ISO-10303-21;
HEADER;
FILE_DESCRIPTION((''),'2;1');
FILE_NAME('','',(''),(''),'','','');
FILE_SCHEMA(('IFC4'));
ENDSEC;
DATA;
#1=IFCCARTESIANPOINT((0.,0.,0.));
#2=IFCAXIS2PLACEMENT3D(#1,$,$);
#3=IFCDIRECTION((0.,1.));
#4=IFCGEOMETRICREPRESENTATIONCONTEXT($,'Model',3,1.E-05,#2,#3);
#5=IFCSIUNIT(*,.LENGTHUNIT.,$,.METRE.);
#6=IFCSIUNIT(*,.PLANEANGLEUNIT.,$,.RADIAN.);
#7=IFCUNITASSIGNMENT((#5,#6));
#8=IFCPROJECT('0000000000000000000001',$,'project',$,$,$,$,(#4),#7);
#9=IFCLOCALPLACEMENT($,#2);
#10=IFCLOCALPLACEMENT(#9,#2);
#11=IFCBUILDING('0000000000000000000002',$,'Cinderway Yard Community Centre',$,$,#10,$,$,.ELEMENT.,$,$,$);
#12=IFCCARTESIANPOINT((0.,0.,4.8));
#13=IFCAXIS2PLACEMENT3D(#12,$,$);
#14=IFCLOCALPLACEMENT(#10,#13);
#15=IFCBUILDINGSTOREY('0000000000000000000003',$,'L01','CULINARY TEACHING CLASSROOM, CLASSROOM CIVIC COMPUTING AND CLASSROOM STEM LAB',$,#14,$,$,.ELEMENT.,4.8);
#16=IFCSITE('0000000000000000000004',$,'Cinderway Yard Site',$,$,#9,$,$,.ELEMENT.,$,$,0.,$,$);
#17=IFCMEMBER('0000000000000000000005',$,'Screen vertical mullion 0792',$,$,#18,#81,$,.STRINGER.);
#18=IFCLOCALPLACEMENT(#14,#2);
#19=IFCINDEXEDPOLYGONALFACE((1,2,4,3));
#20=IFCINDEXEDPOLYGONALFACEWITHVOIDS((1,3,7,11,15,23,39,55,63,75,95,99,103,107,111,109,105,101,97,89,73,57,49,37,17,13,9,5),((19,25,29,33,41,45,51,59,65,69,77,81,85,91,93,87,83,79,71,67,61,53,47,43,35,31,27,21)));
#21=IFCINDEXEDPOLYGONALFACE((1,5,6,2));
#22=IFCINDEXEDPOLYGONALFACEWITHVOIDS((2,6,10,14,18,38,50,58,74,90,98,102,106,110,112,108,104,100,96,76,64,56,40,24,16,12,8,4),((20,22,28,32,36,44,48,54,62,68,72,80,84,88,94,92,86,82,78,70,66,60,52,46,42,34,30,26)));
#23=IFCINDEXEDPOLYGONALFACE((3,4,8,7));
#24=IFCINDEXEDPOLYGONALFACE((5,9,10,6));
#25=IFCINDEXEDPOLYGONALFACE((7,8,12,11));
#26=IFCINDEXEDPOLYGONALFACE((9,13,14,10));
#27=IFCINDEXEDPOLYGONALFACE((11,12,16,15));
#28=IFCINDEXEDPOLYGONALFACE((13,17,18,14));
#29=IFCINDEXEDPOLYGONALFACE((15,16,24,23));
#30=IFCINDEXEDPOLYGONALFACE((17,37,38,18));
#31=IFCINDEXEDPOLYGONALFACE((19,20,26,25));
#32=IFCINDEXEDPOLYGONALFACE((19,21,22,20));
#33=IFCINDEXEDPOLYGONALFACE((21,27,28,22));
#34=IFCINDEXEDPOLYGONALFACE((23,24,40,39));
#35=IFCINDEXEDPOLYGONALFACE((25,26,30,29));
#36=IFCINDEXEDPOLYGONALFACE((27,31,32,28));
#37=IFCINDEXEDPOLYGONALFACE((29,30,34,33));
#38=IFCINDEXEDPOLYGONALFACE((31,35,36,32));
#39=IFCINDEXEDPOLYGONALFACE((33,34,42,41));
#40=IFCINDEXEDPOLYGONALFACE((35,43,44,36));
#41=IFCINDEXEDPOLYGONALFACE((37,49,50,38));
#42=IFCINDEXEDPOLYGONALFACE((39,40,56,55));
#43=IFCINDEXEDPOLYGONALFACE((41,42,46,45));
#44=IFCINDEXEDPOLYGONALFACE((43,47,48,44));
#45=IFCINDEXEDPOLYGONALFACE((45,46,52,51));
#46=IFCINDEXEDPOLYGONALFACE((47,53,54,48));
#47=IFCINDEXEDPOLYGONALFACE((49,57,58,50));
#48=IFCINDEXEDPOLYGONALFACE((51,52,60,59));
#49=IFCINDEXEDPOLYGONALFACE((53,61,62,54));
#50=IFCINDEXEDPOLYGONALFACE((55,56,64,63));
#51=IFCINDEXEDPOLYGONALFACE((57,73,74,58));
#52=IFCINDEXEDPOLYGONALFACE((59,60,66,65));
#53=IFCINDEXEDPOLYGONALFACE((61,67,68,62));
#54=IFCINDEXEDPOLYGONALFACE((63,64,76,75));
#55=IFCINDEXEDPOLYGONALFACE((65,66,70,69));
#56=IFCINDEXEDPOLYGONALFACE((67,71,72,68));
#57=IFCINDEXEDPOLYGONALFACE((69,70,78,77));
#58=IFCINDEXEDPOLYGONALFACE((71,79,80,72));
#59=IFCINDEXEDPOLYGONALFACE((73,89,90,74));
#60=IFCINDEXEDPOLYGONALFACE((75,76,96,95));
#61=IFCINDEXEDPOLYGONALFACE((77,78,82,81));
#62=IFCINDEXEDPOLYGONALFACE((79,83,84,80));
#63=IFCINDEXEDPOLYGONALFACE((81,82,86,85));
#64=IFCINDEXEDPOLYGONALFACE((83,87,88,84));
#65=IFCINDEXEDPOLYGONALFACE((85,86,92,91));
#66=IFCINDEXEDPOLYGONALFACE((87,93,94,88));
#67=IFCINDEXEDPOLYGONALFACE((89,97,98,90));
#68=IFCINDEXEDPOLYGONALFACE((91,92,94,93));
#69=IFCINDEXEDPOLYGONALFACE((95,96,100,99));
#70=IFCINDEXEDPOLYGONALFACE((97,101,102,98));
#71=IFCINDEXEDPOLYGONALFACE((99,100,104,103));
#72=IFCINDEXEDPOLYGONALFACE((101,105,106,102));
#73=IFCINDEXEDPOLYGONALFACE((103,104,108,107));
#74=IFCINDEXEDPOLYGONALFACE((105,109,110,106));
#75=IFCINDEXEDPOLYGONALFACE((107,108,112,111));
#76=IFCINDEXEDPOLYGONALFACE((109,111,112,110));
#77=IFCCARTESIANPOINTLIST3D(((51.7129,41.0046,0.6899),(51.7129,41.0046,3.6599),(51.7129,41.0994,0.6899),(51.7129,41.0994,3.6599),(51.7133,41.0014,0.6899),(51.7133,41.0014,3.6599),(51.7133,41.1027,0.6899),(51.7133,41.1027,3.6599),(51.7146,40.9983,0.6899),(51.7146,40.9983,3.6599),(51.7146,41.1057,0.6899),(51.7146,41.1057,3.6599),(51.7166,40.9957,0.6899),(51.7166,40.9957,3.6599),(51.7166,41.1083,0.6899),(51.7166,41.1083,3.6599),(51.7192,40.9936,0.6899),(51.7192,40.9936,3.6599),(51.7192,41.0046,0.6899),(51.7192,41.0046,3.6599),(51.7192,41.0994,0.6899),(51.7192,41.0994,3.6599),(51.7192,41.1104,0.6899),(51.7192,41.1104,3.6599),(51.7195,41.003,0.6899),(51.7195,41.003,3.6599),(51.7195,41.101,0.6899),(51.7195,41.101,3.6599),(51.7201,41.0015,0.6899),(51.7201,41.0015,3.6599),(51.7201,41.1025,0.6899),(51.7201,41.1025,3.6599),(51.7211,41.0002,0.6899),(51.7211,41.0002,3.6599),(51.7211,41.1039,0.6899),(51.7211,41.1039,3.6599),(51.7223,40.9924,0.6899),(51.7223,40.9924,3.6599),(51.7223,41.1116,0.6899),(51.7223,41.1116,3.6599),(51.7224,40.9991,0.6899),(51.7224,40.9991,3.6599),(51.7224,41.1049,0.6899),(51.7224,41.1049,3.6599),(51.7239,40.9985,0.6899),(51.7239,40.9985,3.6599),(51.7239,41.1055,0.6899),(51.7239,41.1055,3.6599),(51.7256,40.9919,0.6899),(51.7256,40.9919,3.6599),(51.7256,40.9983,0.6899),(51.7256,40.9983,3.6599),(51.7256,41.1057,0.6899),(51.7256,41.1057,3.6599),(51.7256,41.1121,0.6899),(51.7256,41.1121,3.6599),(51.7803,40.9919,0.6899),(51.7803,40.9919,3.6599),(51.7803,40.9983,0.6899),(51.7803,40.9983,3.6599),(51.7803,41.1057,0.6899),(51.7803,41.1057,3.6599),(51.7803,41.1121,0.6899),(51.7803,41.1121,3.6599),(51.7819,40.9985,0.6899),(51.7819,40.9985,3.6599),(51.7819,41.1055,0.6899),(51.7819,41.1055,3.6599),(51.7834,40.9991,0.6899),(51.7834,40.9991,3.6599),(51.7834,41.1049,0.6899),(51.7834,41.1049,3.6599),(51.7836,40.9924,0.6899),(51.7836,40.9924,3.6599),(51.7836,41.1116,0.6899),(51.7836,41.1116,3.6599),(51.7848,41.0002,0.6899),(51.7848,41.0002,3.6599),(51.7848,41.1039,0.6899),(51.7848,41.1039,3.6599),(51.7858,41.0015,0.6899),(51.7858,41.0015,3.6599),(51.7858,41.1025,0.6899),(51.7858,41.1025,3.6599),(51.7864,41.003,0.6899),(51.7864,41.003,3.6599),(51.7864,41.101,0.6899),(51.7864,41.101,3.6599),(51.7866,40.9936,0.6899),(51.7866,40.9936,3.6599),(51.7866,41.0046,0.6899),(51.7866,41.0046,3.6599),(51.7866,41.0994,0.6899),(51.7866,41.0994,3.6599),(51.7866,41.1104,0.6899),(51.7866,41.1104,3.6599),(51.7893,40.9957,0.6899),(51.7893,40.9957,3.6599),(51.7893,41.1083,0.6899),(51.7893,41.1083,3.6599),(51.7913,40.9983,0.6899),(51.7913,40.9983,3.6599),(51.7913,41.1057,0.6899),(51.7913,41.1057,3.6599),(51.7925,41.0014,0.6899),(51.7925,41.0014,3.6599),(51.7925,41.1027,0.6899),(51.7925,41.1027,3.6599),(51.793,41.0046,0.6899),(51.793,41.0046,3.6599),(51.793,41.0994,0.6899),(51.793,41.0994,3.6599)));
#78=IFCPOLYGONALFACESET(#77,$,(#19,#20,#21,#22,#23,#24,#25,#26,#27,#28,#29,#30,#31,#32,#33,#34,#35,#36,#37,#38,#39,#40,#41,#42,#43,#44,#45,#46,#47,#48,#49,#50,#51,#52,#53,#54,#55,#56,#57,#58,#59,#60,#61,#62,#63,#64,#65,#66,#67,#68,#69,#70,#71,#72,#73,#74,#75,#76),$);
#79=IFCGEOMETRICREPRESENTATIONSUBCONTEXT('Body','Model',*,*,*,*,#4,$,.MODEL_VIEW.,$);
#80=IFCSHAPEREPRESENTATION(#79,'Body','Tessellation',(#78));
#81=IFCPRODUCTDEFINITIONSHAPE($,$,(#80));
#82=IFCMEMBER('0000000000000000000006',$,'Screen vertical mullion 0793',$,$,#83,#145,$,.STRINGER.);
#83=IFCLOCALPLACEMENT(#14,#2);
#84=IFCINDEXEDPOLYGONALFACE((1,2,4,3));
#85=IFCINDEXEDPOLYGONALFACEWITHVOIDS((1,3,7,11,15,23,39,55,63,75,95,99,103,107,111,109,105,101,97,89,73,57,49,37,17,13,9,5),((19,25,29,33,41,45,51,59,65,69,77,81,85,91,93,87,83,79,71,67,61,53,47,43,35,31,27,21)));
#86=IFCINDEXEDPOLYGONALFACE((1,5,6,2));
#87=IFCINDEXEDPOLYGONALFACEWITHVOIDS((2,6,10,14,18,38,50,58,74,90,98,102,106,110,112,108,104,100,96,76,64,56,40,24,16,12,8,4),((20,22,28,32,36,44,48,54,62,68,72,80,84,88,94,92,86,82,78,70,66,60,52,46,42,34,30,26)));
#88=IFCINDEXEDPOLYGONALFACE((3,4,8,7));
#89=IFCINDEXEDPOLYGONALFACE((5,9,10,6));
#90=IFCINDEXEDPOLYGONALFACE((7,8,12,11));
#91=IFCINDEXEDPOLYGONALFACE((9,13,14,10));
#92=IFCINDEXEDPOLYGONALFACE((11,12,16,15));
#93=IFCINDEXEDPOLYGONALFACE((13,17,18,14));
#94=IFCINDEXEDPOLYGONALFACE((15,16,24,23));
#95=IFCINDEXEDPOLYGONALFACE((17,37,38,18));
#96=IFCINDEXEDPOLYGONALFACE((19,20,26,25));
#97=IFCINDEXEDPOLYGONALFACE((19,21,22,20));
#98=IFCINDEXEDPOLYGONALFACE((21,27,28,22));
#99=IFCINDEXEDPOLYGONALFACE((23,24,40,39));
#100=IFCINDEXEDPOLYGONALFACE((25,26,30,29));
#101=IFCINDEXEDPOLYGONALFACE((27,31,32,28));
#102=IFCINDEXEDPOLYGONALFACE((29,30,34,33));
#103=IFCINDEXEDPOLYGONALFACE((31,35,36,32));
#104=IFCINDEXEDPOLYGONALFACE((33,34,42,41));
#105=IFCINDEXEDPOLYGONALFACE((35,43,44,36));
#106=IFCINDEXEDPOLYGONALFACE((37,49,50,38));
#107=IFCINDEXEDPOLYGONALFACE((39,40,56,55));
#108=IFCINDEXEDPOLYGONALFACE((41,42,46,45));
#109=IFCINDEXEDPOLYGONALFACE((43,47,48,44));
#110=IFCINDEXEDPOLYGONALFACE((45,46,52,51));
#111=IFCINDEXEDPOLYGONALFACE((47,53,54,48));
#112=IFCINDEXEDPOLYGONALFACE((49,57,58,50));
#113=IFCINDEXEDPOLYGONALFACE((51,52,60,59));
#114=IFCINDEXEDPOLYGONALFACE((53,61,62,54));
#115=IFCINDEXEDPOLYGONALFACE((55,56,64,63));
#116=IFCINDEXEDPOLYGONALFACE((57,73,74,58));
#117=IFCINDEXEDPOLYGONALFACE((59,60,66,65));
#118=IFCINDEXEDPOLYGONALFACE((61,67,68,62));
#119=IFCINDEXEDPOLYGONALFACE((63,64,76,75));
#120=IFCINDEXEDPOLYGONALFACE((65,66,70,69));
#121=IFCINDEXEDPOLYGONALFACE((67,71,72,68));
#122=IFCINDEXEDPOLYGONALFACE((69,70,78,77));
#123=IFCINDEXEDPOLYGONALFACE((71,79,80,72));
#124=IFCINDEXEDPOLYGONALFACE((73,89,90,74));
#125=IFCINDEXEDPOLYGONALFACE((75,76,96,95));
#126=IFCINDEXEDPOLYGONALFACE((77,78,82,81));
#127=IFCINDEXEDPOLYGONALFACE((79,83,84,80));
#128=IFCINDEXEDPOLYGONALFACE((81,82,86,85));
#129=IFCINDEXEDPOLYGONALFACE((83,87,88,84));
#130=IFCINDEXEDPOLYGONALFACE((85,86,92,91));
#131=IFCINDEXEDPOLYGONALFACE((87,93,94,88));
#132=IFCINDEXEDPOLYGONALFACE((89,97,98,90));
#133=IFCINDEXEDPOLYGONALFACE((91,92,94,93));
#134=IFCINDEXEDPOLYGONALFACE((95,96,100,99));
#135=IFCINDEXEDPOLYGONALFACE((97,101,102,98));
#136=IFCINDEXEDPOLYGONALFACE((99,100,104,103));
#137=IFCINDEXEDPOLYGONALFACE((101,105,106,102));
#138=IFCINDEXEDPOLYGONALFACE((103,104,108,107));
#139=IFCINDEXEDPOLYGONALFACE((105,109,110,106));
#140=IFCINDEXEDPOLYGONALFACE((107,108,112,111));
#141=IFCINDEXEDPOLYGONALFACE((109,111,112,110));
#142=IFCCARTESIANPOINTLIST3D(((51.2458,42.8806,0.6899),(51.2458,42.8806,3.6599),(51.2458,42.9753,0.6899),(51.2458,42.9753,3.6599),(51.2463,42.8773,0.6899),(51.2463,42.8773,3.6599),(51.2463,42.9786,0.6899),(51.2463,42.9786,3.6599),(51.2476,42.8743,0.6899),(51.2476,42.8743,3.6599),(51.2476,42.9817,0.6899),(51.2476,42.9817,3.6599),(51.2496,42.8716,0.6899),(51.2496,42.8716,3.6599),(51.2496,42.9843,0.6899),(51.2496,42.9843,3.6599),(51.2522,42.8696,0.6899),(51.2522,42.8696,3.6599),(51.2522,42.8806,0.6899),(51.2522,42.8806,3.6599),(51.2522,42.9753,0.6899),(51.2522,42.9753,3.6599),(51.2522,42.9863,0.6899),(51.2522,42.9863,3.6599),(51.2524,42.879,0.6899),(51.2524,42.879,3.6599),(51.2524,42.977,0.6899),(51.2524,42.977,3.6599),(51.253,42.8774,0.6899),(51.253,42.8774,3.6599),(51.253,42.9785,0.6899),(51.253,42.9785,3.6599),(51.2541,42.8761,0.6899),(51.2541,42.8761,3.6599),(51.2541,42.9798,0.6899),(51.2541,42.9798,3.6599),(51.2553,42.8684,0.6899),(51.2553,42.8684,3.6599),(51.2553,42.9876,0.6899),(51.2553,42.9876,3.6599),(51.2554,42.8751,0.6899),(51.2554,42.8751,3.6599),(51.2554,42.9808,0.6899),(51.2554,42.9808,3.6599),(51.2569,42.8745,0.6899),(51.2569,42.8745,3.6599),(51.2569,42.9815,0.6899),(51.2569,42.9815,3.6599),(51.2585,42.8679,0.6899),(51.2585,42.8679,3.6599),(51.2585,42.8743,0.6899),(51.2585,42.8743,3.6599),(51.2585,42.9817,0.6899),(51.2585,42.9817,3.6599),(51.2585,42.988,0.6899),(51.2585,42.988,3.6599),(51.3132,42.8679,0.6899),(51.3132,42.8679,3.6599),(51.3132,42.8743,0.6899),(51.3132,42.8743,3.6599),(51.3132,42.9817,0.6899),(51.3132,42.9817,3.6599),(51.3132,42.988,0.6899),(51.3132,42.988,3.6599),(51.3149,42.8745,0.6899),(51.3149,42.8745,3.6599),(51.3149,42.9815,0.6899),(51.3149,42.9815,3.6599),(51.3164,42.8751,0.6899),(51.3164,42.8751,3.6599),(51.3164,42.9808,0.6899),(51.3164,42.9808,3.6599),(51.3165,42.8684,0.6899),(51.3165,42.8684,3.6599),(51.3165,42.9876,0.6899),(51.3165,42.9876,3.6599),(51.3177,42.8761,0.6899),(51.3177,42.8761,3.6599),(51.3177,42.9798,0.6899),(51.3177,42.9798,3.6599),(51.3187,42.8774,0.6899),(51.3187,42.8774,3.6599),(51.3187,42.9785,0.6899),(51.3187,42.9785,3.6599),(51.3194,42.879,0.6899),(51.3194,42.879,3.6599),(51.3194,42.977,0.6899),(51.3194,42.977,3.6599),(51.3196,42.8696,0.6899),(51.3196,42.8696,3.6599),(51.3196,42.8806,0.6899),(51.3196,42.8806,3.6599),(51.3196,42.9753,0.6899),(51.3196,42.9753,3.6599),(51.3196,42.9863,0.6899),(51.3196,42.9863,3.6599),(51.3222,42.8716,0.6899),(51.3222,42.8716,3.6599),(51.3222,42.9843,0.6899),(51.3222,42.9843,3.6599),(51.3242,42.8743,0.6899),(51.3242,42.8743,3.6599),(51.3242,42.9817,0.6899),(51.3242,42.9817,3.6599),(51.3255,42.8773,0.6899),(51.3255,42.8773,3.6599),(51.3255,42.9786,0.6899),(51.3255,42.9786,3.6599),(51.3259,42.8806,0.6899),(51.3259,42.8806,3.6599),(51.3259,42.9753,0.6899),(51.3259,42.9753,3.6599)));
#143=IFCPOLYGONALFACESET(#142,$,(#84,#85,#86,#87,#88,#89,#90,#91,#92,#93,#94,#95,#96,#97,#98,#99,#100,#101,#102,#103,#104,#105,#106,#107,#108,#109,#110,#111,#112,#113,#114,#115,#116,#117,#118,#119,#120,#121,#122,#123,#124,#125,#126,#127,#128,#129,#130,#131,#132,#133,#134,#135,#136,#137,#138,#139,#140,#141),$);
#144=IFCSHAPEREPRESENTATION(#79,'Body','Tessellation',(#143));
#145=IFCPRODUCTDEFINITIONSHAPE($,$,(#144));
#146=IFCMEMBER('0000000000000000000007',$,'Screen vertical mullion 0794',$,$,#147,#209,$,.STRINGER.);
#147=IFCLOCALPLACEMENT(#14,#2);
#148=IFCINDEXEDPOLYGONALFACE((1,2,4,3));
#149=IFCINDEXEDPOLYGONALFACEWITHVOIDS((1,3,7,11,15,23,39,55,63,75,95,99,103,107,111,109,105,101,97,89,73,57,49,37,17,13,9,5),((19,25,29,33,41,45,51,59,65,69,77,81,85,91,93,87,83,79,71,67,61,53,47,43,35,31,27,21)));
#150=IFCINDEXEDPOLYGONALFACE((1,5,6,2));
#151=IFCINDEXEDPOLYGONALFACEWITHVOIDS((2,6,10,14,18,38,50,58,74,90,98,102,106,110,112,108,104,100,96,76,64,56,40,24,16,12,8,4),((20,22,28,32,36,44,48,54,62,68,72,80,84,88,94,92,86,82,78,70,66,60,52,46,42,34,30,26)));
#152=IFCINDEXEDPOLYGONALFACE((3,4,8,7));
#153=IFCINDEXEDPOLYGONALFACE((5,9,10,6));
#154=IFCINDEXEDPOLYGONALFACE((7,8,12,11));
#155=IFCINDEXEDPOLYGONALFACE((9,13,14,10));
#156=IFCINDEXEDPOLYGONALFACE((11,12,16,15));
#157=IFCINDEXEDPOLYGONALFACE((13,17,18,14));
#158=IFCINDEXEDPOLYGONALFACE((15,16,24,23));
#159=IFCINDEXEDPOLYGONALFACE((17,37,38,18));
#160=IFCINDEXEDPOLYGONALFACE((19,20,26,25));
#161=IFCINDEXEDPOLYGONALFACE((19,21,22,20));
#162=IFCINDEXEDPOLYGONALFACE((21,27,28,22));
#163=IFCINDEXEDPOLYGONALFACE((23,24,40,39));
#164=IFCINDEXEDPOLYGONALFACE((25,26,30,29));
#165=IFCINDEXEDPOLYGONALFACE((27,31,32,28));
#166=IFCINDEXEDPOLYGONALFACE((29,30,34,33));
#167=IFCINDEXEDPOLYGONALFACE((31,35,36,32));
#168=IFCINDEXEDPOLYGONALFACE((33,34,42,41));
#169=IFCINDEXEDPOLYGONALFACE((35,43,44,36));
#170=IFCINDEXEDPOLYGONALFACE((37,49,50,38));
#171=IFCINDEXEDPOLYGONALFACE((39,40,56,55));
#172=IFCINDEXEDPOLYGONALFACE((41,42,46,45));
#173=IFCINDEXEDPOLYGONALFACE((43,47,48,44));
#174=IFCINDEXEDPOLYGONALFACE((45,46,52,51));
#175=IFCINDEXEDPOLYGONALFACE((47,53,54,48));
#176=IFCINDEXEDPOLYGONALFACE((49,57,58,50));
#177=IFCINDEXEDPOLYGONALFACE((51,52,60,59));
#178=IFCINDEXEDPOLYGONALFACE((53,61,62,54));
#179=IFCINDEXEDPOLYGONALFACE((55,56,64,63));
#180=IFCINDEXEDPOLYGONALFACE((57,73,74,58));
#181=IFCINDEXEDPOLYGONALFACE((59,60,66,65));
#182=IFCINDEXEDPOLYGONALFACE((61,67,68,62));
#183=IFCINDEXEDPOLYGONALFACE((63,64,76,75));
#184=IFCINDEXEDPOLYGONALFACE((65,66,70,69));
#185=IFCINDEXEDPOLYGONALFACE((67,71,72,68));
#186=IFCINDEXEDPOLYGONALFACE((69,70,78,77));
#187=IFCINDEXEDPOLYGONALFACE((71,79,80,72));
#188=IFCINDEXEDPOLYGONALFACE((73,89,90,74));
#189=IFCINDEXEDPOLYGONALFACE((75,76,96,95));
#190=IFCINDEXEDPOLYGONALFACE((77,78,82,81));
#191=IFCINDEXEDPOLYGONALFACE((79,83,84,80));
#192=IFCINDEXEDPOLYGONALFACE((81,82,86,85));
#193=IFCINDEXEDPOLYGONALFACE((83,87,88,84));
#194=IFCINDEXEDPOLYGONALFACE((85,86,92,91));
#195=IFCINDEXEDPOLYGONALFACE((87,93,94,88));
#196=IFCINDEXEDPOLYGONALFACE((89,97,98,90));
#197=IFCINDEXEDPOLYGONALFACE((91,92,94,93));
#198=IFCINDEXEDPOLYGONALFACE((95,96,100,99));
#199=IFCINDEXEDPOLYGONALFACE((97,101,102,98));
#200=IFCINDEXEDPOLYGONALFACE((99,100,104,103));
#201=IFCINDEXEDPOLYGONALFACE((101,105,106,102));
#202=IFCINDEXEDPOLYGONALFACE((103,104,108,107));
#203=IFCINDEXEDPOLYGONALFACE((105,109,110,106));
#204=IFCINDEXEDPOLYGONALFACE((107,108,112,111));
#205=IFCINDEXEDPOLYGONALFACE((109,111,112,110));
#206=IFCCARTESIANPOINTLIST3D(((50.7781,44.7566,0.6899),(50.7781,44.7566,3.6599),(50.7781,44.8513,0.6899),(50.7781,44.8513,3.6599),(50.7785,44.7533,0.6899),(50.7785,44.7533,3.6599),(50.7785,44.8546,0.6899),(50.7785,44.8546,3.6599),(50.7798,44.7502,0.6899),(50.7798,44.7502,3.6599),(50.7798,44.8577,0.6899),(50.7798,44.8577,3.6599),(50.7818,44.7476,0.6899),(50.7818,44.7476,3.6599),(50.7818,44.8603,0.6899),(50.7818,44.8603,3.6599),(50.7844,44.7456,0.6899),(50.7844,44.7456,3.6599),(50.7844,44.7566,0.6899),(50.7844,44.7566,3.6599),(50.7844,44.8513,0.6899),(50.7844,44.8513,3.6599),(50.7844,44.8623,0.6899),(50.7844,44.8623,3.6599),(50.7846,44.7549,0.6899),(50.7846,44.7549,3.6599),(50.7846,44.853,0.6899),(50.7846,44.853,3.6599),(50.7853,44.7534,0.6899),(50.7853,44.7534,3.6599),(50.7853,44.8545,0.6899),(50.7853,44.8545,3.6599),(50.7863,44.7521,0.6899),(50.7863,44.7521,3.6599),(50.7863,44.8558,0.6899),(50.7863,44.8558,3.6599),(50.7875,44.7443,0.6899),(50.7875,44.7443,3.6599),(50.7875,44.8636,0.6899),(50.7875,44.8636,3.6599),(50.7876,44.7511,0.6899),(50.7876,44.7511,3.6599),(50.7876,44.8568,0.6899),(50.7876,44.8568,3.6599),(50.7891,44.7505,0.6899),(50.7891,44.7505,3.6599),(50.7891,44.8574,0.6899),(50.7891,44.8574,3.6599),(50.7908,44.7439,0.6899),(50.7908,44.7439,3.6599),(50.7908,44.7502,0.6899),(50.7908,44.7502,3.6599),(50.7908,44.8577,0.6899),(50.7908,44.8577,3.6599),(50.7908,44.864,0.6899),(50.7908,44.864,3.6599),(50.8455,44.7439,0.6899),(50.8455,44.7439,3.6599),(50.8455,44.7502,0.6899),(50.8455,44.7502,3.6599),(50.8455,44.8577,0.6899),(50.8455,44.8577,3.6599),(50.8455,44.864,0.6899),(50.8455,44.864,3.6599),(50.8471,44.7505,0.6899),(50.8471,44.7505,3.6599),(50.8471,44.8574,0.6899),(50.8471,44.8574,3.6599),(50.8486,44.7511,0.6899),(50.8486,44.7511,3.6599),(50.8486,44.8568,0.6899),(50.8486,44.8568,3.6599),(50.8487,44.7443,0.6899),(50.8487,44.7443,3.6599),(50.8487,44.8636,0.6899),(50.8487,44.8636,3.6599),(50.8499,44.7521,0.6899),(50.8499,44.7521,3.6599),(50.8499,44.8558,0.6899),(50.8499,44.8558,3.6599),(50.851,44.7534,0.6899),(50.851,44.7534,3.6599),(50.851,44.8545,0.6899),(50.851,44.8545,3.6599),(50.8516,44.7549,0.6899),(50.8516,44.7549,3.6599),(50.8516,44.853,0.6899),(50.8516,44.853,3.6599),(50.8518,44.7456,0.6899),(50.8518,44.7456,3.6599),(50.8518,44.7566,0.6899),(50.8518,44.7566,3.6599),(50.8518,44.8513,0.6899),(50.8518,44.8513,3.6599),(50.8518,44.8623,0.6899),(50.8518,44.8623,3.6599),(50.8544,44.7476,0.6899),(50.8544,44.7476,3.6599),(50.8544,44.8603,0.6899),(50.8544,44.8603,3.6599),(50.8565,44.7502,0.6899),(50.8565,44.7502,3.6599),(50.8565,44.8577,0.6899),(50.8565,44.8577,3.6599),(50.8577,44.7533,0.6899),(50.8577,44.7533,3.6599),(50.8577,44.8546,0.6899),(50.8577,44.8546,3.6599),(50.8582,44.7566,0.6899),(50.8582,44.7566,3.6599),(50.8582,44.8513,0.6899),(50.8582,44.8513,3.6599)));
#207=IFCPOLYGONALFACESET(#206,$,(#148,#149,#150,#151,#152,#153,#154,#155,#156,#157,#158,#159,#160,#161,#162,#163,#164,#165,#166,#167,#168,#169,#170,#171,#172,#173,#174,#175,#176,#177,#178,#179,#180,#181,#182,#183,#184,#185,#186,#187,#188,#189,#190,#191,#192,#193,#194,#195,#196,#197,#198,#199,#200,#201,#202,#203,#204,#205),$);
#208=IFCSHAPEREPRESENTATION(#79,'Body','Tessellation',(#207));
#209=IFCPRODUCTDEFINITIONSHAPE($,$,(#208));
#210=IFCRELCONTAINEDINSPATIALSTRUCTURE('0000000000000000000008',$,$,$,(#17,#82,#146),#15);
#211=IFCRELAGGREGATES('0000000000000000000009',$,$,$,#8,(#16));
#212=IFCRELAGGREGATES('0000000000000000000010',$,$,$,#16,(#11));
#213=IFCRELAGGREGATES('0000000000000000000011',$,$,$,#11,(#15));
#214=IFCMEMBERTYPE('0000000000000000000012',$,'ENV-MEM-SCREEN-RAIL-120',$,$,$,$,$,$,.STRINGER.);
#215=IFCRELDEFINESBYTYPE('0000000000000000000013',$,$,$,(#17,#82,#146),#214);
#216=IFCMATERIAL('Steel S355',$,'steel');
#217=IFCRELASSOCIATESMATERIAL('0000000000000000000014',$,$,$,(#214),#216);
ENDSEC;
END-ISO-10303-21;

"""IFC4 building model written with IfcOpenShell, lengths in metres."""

from ifc_helpers import new_model, si_unit, direction, frame, origin, origin_2d, place, context, subcontext, project, spatial, hollow_rectangle, extrude, material, material_profile, profile_set, type_object, element, save


model = new_model("IFC4")

# Units and contexts
model_context = context("Model", 3, precision=1e-05, world=origin(), true_north=direction((0.0, 1.0)))
body_context = subcontext(model_context, "Body", "Model", "MODEL_VIEW")
ifc_project = project(units=[si_unit("LENGTHUNIT", "METRE"), si_unit("PLANEANGLEUNIT", "RADIAN")], contexts=[model_context])

# Site, building, storey
site_placement = place(None, origin())
site = spatial("IfcSite", under=ifc_project, at=site_placement, Name="Cinderway Yard Site", CompositionType="ELEMENT", RefElevation=0.0)
building_placement = place(site_placement, origin())
building = spatial("IfcBuilding", under=site, at=building_placement, Name="Cinderway Yard Community Centre", CompositionType="ELEMENT")
storey_placement = place(building_placement, frame((0.0, 0.0, 4.8)))
storey = spatial("IfcBuildingStorey", under=building, at=storey_placement, Name="L01", Description="CULINARY TEACHING CLASSROOM, CLASSROOM CIVIC COMPUTING AND CLASSROOM STEM LAB", CompositionType="ELEMENT", Elevation=4.8)

# Members
ifc_material_1 = material(Name="Steel S355", Category="steel")
ifc_material_profile_1 = material_profile(ifc_material_1, hollow_rectangle(XDim=0.0801, YDim=0.1201, WallThickness=0.0063, InnerFilletRadius=0.0063, OuterFilletRadius=0.0127, at=origin_2d()), Name="Steel S355")
ifc_profile_set_1 = profile_set([ifc_material_profile_1], Name="Steel S355")
member_type_1 = type_object("IfcMemberType", Name="ENV-MEM-SCREEN-RAIL-120", PredefinedType="STRINGER", material=ifc_profile_set_1)
for number, where, z_axis, x_axis, name in (
    (1, (51.7529, 41.052, 0.6899), (0.0, 0.0, 1.0), (1.0, 0.0, 0.0), "Screen vertical mullion 0792"),
    (2, (51.2859, 42.928, 0.6899), (0.0, 0.0, 1.0), (1.0, 0.0, 0.0), "Screen vertical mullion 0793"),
    (3, (50.8181, 44.804, 0.6899), (0.0, 0.0, 1.0), (1.0, 0.0, 0.0), "Screen vertical mullion 0794"),
):
    element("IfcMember", number, at=place(storey_placement, frame(where, z_axis=z_axis, x_axis=x_axis)), inside=storey, type_object=member_type_1, Name=name, PredefinedType="STRINGER", context=body_context, shape_type="SweptSolid", body=[
        extrude(hollow_rectangle(XDim=0.0801, YDim=0.1201, WallThickness=0.0063, InnerFilletRadius=0.0063, OuterFilletRadius=0.0127, at=origin_2d()), origin(), (0.0, 0.0, 1.0), 2.97),
    ])

save(model, "model.ifc")
